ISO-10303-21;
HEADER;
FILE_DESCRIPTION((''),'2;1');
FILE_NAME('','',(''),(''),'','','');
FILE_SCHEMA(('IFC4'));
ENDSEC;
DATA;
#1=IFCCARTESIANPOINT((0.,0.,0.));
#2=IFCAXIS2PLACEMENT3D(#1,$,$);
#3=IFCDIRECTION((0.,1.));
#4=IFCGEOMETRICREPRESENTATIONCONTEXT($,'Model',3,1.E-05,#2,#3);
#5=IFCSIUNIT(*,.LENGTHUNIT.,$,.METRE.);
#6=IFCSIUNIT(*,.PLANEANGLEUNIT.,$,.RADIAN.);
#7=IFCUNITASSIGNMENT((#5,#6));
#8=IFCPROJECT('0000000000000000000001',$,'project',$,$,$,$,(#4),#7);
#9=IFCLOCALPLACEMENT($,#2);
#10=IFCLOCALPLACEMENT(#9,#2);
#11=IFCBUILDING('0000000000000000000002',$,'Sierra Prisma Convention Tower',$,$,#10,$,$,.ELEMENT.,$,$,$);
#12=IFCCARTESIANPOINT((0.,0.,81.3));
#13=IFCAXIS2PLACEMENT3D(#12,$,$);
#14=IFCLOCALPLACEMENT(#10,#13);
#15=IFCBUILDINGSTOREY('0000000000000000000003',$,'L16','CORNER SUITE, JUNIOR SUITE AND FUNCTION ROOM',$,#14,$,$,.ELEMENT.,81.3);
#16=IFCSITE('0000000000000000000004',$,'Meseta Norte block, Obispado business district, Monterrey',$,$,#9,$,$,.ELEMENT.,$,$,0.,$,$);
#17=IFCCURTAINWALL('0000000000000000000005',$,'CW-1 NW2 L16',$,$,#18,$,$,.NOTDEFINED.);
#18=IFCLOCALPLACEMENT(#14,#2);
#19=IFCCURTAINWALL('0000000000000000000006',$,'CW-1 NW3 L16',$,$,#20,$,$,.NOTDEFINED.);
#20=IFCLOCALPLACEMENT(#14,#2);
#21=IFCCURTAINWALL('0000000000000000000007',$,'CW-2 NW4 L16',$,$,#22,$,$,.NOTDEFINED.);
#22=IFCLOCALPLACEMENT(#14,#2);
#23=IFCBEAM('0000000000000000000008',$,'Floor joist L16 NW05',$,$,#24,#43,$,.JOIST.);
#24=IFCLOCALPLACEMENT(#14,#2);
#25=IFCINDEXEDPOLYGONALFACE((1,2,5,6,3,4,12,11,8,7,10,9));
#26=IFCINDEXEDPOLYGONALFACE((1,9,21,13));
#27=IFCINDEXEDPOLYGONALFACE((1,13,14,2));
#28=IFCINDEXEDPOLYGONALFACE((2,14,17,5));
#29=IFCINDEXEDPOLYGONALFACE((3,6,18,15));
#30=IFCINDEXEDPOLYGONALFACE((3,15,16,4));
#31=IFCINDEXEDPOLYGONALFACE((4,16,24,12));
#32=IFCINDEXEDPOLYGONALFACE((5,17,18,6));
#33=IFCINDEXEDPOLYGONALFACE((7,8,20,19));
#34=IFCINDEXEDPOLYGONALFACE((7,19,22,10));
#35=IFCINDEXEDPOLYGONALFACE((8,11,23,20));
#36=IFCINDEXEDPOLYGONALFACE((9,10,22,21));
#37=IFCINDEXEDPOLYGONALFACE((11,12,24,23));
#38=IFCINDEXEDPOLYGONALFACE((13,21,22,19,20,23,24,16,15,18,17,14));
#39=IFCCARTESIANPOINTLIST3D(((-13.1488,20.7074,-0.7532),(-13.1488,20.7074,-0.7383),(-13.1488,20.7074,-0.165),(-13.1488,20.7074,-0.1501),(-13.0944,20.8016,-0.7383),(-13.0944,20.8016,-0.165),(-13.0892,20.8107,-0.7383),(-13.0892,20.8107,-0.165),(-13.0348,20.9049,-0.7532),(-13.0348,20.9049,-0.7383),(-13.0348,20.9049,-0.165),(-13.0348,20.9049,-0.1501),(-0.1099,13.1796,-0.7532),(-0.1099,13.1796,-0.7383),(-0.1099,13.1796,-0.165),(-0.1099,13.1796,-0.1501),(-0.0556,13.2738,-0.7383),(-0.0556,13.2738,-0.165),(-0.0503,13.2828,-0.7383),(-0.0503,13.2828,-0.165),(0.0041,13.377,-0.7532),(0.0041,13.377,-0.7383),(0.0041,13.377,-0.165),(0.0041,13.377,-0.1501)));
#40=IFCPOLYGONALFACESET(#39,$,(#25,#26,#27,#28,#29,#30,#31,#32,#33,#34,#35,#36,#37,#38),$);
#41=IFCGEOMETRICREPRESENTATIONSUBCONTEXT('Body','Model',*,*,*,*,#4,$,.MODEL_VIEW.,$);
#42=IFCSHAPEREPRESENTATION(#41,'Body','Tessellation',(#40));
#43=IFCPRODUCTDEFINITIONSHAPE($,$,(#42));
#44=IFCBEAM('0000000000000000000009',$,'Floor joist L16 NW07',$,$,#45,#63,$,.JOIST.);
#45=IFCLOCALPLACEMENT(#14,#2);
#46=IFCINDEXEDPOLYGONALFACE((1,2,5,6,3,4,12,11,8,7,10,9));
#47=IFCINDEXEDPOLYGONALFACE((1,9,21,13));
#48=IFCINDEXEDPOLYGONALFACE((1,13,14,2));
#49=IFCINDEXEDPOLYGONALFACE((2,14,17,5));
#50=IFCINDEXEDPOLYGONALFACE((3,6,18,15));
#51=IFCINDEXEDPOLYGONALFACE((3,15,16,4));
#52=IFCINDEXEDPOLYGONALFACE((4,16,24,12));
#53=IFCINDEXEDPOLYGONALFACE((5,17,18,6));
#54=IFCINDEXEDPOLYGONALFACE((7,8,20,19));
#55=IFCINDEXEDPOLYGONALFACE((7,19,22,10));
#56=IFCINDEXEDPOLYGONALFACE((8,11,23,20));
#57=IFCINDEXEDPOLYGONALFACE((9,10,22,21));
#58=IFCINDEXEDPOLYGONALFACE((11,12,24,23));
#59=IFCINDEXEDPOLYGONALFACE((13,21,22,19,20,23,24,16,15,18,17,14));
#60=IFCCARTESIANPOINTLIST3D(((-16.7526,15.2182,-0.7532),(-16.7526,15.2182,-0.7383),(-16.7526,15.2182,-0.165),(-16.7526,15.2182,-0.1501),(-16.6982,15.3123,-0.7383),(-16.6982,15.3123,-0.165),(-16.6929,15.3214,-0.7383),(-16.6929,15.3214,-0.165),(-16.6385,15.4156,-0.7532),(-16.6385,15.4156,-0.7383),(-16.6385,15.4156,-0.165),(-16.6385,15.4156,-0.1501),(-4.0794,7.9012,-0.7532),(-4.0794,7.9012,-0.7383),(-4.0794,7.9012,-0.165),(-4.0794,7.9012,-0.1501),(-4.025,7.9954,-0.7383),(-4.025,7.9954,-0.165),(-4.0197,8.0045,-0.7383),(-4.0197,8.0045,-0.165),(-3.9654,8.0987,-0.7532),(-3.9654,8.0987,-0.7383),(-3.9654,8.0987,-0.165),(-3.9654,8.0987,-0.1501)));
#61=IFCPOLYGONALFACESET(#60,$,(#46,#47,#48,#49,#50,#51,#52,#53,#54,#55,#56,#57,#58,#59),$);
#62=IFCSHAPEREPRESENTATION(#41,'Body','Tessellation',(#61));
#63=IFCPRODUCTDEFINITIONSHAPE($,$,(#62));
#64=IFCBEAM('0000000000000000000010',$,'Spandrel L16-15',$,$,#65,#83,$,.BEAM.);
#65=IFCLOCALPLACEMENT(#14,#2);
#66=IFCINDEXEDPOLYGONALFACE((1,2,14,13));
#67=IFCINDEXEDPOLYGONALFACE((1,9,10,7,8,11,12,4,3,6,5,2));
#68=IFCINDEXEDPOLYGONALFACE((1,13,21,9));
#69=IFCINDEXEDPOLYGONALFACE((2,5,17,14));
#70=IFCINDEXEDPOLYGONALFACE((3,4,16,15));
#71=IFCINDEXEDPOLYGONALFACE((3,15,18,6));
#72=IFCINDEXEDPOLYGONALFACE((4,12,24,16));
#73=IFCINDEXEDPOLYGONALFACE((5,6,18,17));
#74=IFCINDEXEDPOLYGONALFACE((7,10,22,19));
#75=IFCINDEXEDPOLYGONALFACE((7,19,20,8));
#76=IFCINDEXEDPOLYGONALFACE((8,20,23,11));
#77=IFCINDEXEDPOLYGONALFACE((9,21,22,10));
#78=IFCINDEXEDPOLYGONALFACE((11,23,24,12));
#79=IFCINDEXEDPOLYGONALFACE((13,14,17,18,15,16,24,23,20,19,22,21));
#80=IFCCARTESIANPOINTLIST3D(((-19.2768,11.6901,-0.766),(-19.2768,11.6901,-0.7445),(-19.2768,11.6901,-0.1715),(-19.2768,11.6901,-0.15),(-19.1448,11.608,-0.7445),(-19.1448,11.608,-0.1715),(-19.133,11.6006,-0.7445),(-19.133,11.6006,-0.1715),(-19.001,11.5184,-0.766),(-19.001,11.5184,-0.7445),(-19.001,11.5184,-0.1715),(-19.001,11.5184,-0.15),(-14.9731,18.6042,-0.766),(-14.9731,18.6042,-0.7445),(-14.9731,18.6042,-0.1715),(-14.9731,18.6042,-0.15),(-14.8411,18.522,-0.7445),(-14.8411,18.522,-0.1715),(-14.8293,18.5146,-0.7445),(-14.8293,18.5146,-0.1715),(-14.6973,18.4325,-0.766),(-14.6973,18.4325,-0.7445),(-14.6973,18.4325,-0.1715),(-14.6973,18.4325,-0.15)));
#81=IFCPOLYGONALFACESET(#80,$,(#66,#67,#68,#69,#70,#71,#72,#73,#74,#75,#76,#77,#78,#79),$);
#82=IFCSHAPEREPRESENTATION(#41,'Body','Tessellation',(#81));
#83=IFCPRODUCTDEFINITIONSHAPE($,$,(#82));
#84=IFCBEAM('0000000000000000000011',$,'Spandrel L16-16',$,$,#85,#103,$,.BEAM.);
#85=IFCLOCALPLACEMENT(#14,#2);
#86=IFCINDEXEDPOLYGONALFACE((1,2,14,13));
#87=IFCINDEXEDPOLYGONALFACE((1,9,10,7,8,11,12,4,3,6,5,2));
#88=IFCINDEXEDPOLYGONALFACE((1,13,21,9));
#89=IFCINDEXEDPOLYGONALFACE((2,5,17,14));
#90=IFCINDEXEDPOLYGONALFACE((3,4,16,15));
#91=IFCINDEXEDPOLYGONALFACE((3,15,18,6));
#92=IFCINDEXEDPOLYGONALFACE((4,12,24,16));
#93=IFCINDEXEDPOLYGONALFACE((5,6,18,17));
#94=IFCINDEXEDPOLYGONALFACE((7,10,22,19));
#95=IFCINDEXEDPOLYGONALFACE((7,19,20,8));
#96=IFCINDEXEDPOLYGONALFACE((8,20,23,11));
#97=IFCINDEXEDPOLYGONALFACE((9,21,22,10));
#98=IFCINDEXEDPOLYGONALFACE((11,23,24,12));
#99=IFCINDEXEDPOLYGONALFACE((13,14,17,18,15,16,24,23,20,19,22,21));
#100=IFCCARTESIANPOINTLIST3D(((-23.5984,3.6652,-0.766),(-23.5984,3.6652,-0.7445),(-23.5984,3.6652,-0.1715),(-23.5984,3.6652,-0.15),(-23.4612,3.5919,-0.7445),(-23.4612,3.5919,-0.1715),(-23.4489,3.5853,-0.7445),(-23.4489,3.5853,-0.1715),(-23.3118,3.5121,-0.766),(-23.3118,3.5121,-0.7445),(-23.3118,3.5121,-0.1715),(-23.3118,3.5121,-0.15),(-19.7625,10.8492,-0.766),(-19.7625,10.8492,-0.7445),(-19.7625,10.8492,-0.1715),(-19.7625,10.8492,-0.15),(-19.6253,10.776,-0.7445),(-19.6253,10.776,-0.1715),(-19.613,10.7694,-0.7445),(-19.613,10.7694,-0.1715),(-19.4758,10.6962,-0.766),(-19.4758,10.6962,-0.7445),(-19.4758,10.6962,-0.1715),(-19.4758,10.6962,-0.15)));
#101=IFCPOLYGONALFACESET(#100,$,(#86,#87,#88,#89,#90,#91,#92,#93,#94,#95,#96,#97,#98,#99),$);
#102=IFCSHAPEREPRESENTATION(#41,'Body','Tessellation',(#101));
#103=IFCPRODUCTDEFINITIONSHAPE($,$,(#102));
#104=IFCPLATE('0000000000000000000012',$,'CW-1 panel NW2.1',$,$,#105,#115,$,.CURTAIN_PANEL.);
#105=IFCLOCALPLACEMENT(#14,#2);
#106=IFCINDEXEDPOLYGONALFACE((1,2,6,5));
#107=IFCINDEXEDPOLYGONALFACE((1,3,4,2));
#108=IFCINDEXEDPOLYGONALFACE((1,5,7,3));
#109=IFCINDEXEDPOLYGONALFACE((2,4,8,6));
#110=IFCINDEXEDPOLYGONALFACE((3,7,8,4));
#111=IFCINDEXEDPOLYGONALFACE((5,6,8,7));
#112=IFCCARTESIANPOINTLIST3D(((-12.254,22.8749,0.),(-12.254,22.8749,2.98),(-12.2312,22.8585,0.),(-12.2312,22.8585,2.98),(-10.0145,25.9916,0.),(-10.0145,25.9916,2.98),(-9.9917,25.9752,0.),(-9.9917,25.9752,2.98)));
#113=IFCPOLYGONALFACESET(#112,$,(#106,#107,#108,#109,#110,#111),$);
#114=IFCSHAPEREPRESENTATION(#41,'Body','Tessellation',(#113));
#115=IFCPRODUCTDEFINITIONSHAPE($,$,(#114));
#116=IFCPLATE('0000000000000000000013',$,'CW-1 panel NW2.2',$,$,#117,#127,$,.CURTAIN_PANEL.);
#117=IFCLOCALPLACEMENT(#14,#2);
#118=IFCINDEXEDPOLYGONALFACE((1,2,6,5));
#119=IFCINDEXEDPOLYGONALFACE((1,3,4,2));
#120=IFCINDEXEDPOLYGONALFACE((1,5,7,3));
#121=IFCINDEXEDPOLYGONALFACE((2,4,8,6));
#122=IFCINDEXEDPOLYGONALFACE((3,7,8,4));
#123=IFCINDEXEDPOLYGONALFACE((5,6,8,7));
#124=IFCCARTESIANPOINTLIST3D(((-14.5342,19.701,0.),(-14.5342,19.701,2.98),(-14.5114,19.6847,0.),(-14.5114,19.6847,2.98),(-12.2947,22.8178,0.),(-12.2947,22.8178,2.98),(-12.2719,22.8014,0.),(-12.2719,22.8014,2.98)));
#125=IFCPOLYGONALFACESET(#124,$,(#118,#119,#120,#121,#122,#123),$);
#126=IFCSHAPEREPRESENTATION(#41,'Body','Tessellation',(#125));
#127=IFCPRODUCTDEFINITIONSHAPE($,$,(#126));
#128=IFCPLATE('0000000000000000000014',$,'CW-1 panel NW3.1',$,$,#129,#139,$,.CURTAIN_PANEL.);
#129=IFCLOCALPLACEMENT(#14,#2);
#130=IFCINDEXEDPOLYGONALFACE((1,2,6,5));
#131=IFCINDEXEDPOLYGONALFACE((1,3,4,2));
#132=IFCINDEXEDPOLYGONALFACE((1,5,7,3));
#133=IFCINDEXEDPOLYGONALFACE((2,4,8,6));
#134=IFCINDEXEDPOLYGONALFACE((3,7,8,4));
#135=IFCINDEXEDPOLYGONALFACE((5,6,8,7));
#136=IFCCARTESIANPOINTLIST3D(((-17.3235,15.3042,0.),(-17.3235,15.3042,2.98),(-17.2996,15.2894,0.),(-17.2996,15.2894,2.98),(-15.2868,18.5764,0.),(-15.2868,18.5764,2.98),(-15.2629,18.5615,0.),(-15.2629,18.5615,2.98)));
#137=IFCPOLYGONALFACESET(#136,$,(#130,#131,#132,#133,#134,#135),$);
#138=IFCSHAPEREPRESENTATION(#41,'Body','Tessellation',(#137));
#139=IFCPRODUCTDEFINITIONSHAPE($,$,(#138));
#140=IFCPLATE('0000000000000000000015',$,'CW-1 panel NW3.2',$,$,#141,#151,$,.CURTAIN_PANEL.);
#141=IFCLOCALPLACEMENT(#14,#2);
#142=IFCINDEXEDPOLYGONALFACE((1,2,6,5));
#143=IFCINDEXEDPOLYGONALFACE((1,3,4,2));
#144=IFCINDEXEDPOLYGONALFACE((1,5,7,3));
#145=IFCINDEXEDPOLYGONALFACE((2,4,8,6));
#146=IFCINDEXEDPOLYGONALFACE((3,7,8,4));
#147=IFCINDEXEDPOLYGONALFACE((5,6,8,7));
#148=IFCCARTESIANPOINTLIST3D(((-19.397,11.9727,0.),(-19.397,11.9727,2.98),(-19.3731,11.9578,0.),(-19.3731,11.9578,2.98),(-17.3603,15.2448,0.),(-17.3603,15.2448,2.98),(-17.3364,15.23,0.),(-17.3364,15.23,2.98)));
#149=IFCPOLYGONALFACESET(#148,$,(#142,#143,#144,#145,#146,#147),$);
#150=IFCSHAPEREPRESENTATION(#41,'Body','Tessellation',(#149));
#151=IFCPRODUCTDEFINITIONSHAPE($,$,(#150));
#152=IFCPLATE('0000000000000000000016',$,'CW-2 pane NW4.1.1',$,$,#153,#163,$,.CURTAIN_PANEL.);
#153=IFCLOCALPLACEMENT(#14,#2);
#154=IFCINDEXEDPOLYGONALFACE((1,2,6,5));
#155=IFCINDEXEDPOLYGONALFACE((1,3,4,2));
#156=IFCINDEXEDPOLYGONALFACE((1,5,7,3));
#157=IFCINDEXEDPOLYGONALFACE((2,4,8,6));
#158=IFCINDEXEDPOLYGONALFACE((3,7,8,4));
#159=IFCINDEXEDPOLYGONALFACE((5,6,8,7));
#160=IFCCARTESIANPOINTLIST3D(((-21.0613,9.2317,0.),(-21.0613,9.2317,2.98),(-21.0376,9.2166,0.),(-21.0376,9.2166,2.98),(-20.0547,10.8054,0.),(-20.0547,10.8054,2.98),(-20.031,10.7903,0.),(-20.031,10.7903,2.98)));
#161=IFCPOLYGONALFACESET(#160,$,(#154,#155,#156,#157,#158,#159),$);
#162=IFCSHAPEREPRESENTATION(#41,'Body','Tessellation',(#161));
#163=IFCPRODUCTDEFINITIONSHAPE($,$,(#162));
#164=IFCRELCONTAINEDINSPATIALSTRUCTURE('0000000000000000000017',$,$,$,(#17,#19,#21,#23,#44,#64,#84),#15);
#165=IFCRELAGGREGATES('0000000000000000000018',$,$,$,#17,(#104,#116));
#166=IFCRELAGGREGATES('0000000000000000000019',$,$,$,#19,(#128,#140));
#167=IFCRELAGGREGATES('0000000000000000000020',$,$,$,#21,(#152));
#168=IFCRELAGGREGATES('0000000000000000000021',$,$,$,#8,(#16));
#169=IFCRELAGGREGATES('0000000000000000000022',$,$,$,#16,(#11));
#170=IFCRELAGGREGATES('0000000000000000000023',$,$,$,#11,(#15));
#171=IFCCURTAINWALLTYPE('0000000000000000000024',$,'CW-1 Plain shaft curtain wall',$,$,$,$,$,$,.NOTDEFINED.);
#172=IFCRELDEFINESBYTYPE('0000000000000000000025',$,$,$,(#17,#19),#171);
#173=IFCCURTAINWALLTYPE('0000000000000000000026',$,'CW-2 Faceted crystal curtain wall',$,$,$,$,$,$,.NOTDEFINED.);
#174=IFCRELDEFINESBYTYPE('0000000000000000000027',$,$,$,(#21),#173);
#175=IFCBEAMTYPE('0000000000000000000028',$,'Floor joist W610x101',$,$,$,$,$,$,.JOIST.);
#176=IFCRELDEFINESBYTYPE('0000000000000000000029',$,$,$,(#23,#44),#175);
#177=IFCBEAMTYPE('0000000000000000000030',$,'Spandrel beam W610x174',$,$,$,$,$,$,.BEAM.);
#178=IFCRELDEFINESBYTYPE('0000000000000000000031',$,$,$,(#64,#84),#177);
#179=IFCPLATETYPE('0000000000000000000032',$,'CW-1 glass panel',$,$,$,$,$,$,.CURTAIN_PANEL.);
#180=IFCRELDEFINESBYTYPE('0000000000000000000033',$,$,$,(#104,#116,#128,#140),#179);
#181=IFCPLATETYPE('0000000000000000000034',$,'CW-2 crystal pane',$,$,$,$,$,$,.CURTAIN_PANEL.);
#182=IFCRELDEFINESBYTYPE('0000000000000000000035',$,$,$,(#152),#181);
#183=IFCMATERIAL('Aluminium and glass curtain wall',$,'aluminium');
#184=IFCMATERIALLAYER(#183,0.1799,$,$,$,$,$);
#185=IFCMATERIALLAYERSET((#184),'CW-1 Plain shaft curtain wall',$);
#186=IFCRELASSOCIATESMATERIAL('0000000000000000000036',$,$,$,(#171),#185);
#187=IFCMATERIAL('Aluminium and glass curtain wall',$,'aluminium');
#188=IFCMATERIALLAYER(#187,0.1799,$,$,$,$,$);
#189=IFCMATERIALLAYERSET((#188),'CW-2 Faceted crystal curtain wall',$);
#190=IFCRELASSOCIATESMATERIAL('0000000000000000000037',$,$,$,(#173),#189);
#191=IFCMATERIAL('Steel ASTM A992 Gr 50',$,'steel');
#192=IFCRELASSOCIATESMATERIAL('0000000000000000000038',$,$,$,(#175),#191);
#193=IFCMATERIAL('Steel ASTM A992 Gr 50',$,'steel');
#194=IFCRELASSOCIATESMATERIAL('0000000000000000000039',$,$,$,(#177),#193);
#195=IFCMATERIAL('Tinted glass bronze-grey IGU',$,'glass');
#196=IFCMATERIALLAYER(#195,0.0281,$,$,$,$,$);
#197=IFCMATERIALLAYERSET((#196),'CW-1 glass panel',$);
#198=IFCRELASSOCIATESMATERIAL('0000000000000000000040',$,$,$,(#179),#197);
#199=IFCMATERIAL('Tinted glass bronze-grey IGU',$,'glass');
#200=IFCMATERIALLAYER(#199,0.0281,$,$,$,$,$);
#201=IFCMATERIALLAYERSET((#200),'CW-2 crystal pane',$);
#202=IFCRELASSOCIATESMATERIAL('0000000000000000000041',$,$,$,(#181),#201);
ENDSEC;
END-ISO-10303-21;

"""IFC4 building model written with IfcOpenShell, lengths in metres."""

from ifc_helpers import new_model, si_unit, direction, frame, origin, origin_2d, place, context, subcontext, project, spatial, polyline, rectangle, i_section, outline, extrude, material, layer, layer_set, material_profile, profile_set, type_object, element, aggregate, save


model = new_model("IFC4")

# Units and contexts
model_context = context("Model", 3, precision=1e-05, world=origin(), true_north=direction((0.0, 1.0)))
body_context = subcontext(model_context, "Body", "Model", "MODEL_VIEW")
ifc_project = project(units=[si_unit("LENGTHUNIT", "METRE"), si_unit("PLANEANGLEUNIT", "RADIAN")], contexts=[model_context])

# Site, building, storey
site_placement = place(None, origin())
site = spatial("IfcSite", under=ifc_project, at=site_placement, Name="Meseta Norte block, Obispado business district, Monterrey", CompositionType="ELEMENT", RefElevation=0.0)
building_placement = place(site_placement, origin())
building = spatial("IfcBuilding", under=site, at=building_placement, Name="Sierra Prisma Convention Tower", CompositionType="ELEMENT")
storey_placement = place(building_placement, frame((0.0, 0.0, 81.3)))
storey = spatial("IfcBuildingStorey", under=building, at=storey_placement, Name="L16", Description="CORNER SUITE, JUNIOR SUITE AND FUNCTION ROOM", CompositionType="ELEMENT", Elevation=81.3)

# Curtain wall
ifc_material_1 = material(Name="Aluminium and glass curtain wall", Category="aluminium")
ifc_layer_1 = layer(ifc_material_1, 0.1799)
ifc_layer_set_1 = layer_set([ifc_layer_1], Name="CW-1 Plain shaft curtain wall")
curtain_wall_type_1 = type_object("IfcCurtainWallType", Name="CW-1 Plain shaft curtain wall", PredefinedType="NOTDEFINED", material=ifc_layer_set_1)
curtain_wall_1_placement = place(storey_placement, origin())
curtain_wall_1 = element("IfcCurtainWall", 1, at=curtain_wall_1_placement, inside=storey, type_object=curtain_wall_type_1, Name="CW-1 NW2 L16", PredefinedType="NOTDEFINED")

# Curtain wall
curtain_wall_2_placement = place(storey_placement, origin())
curtain_wall_2 = element("IfcCurtainWall", 2, at=curtain_wall_2_placement, inside=storey, type_object=curtain_wall_type_1, Name="CW-1 NW3 L16", PredefinedType="NOTDEFINED")

# Curtain wall
ifc_material_2 = material(Name="Aluminium and glass curtain wall", Category="aluminium")
ifc_layer_2 = layer(ifc_material_2, 0.1799)
ifc_layer_set_2 = layer_set([ifc_layer_2], Name="CW-2 Faceted crystal curtain wall")
curtain_wall_type_2 = type_object("IfcCurtainWallType", Name="CW-2 Faceted crystal curtain wall", PredefinedType="NOTDEFINED", material=ifc_layer_set_2)
curtain_wall_3_placement = place(storey_placement, origin())
curtain_wall_3 = element("IfcCurtainWall", 3, at=curtain_wall_3_placement, inside=storey, type_object=curtain_wall_type_2, Name="CW-2 NW4 L16", PredefinedType="NOTDEFINED")

# Beams
ifc_material_3 = material(Name="Steel ASTM A992 Gr 50", Category="steel")
ifc_material_profile_1 = material_profile(ifc_material_3, i_section(OverallWidth=0.228, OverallDepth=0.603, WebThickness=0.0105, FlangeThickness=0.0149, at=origin_2d()), Name="W610x101")
ifc_profile_set_1 = profile_set([ifc_material_profile_1], Name="Steel ASTM A992 Gr 50")
beam_type_1 = type_object("IfcBeamType", Name="Floor joist W610x101", PredefinedType="JOIST", material=ifc_profile_set_1)
beam_1_placement = place(storey_placement, frame((-13.0918, 20.8062, -0.4517), z_axis=(0.866029, -0.499993, 0.0), x_axis=(0.499993, 0.866029, 0.0)))
element("IfcBeam", 4, at=beam_1_placement, inside=storey, type_object=beam_type_1, Name="Floor joist L16 NW05", PredefinedType="JOIST", context=body_context, shape_type="SweptSolid", body=[
    extrude(i_section(OverallWidth=0.228, OverallDepth=0.603, WebThickness=0.0105, FlangeThickness=0.0149, at=origin_2d()), origin(), (0.0, 0.0, 1.0), 15.0559),
])
beam_2_placement = place(storey_placement, frame((-16.6956, 15.3169, -0.4517), z_axis=(0.866023, -0.500004, 0.0), x_axis=(0.500004, 0.866023, 0.0)))
element("IfcBeam", 5, at=beam_2_placement, inside=storey, type_object=beam_type_1, Name="Floor joist L16 NW07", PredefinedType="JOIST", context=body_context, shape_type="SweptSolid", body=[
    extrude(i_section(OverallWidth=0.228, OverallDepth=0.603, WebThickness=0.0105, FlangeThickness=0.0149, at=origin_2d()), origin(), (0.0, 0.0, 1.0), 14.6338),
])
ifc_material_4 = material(Name="Steel ASTM A992 Gr 50", Category="steel")
ifc_material_profile_2 = material_profile(ifc_material_4, i_section(OverallWidth=0.325, OverallDepth=0.616, WebThickness=0.0139, FlangeThickness=0.0215, at=origin_2d()), Name="W610x174")
ifc_profile_set_2 = profile_set([ifc_material_profile_2], Name="Steel ASTM A992 Gr 50")
beam_type_2 = type_object("IfcBeamType", Name="Spandrel beam W610x174", PredefinedType="BEAM", material=ifc_profile_set_2)
for number, where, z_axis, x_axis, name in (
    (6, (-14.8352, 18.5183, -0.458), (-0.528446, -0.848967, 0.0), (0.848967, -0.528446, 0.0), "Spandrel L16-15"),
    (7, (-19.6191, 10.7727, -0.458), (-0.471011, -0.882127, 0.0), (0.882127, -0.471011, 0.0), "Spandrel L16-16"),
):
    element("IfcBeam", number, at=place(storey_placement, frame(where, z_axis=z_axis, x_axis=x_axis)), inside=storey, type_object=beam_type_2, Name=name, PredefinedType="BEAM", context=body_context, shape_type="SweptSolid", body=[
        extrude(i_section(OverallWidth=0.325, OverallDepth=0.616, WebThickness=0.0139, FlangeThickness=0.0215, at=origin_2d()), origin(), (0.0, 0.0, 1.0), 8.144),
    ])

# Plates
ifc_material_5 = material(Name="Tinted glass bronze-grey IGU", Category="glass")
ifc_layer_3 = layer(ifc_material_5, 0.0281)
ifc_layer_set_3 = layer_set([ifc_layer_3], Name="CW-1 glass panel")
plate_type_1 = type_object("IfcPlateType", Name="CW-1 glass panel", PredefinedType="CURTAIN_PANEL", material=ifc_layer_set_3)
plate_1_placement = place(storey_placement, frame((-11.1228, 24.425, 0.0), z_axis=(0.0, 0.0, 1.0), x_axis=(-0.583524, -0.812096, 0.0)))
plate_1 = element("IfcPlate", 8, at=plate_1_placement, type_object=plate_type_1, Name="CW-1 panel NW2.1", PredefinedType="CURTAIN_PANEL", context=body_context, shape_type="SweptSolid", body=[
    extrude(rectangle(XDim=3.8379, YDim=0.0281, at=origin_2d()), origin(), (0.0, 0.0, 1.0), 2.98),
])
plate_2_placement = place(storey_placement, frame((-13.4031, 21.2512, 0.0), z_axis=(0.0, 0.0, 1.0), x_axis=(-0.583524, -0.812096, 0.0)))
plate_2 = element("IfcPlate", 9, at=plate_2_placement, type_object=plate_type_1, Name="CW-1 panel NW2.2", PredefinedType="CURTAIN_PANEL", context=body_context, shape_type="SweptSolid", body=[
    extrude(rectangle(XDim=3.8379, YDim=0.0281, at=origin_2d()), origin(), (0.0, 0.0, 1.0), 2.98),
])
aggregate(curtain_wall_1, [plate_1, plate_2])
plate_3_placement = place(storey_placement, frame((-16.2932, 16.9329, 0.0), z_axis=(0.0, 0.0, 1.0), x_axis=(-0.528432, -0.848975, 0.0)))
plate_3 = element("IfcPlate", 10, at=plate_3_placement, type_object=plate_type_1, Name="CW-1 panel NW3.1", PredefinedType="CURTAIN_PANEL", context=body_context, shape_type="SweptSolid", body=[
    extrude(rectangle(XDim=3.8542, YDim=0.0281, at=origin_2d()), origin(), (0.0, 0.0, 1.0), 2.98),
])
plate_4_placement = place(storey_placement, frame((-18.3667, 13.6013, 0.0), z_axis=(0.0, 0.0, 1.0), x_axis=(-0.528432, -0.848975, 0.0)))
plate_4 = element("IfcPlate", 11, at=plate_4_placement, type_object=plate_type_1, Name="CW-1 panel NW3.2", PredefinedType="CURTAIN_PANEL", context=body_context, shape_type="SweptSolid", body=[
    extrude(rectangle(XDim=3.8542, YDim=0.0281, at=origin_2d()), origin(), (0.0, 0.0, 1.0), 2.98),
])
aggregate(curtain_wall_2, [plate_3, plate_4])
ifc_material_6 = material(Name="Tinted glass bronze-grey IGU", Category="glass")
ifc_layer_4 = layer(ifc_material_6, 0.0281)
ifc_layer_set_4 = layer_set([ifc_layer_4], Name="CW-2 crystal pane")
plate_type_2 = type_object("IfcPlateType", Name="CW-2 crystal pane", PredefinedType="CURTAIN_PANEL", material=ifc_layer_set_4)
plate_5_placement = place(storey_placement, frame((-20.0547, 10.8054, 0.0), z_axis=(-0.842416, 0.538827, 0.0), x_axis=(-0.538827, -0.842416, 0.0)))
plate_5 = element("IfcPlate", 12, at=plate_5_placement, type_object=plate_type_2, Name="CW-2 pane NW4.1.1", PredefinedType="CURTAIN_PANEL", context=body_context, shape_type="SweptSolid", body=[
    extrude(outline(polyline([(0.0, 0.0), (1.8681, 0.0), (1.8681, 2.98), (0.0, 2.98), (0.0, 0.0)])), origin(), (0.0, 0.0, -1.0), 0.0281),
])
aggregate(curtain_wall_3, [plate_5])

save(model, "model.ifc")
